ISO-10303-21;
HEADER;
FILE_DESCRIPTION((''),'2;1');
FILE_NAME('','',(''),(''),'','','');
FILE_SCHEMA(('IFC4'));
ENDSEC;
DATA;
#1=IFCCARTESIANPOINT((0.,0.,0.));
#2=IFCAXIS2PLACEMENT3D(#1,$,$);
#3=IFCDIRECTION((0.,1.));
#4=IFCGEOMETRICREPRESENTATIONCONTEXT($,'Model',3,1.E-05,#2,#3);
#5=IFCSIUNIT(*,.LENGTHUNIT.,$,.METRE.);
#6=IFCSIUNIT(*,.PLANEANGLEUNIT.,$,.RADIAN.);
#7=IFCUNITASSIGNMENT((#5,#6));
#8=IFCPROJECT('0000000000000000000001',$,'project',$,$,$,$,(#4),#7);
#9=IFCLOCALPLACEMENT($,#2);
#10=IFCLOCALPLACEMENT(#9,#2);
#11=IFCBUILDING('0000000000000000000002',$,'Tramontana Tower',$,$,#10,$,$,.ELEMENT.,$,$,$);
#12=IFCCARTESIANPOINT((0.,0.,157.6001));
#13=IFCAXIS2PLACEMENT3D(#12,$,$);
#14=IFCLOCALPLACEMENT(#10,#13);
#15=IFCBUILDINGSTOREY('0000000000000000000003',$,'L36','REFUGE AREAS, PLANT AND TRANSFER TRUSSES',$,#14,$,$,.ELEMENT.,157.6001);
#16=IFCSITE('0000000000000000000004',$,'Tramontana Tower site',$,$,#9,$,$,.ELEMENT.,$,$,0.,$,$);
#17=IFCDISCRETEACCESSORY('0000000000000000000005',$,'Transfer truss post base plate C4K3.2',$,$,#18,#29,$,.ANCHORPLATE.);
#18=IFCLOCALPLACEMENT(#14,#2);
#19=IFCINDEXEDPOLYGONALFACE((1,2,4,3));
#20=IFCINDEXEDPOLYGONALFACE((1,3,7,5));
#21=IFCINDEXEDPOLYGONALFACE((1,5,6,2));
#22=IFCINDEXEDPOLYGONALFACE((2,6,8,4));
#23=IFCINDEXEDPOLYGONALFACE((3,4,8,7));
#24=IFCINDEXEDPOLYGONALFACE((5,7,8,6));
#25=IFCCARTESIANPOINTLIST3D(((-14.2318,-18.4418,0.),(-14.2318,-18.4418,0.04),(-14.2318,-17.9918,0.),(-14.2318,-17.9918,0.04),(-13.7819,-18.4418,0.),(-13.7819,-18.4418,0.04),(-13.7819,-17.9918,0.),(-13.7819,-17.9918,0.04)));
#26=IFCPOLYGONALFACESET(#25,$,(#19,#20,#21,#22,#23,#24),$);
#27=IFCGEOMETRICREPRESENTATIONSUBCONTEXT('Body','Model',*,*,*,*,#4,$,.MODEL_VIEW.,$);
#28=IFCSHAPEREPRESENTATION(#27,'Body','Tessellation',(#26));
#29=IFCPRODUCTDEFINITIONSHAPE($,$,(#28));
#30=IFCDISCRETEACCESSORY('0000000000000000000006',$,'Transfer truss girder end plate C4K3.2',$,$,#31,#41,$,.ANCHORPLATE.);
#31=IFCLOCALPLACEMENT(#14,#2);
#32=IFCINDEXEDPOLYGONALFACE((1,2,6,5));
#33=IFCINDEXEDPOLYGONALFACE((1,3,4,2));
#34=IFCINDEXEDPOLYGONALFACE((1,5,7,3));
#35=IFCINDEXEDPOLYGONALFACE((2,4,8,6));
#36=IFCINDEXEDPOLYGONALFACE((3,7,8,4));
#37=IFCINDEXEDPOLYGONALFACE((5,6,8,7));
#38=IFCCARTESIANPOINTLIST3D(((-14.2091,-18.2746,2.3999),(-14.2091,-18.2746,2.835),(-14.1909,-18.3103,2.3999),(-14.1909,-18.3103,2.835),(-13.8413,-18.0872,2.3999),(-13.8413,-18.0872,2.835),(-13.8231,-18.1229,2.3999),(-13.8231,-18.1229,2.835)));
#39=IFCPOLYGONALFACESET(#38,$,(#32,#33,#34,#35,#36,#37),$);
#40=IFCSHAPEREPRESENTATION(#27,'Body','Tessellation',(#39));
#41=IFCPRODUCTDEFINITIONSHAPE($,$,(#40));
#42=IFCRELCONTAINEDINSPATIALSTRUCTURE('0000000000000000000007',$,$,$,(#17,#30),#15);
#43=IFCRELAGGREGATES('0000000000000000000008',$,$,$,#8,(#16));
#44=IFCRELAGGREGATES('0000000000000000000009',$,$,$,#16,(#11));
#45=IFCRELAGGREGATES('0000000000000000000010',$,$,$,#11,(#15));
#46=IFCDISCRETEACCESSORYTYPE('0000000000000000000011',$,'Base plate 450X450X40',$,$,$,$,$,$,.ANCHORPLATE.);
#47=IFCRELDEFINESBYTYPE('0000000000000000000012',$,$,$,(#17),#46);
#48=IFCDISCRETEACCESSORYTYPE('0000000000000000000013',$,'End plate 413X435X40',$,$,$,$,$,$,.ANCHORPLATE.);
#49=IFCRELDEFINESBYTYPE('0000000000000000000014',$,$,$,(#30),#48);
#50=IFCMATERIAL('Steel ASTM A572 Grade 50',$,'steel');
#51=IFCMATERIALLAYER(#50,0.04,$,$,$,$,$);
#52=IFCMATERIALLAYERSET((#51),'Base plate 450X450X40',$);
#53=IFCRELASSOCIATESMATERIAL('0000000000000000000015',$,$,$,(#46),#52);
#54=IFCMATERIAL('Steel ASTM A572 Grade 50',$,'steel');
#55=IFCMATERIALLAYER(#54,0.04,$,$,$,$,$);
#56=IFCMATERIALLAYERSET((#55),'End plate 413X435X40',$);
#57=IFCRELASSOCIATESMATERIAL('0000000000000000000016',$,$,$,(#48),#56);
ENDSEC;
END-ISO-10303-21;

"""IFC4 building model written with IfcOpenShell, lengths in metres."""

from ifc_helpers import new_model, si_unit, direction, frame, origin, origin_2d, place, context, subcontext, project, spatial, rectangle, extrude, material, layer, layer_set, type_object, element, save


model = new_model("IFC4")

# Units and contexts
model_context = context("Model", 3, precision=1e-05, world=origin(), true_north=direction((0.0, 1.0)))
body_context = subcontext(model_context, "Body", "Model", "MODEL_VIEW")
ifc_project = project(units=[si_unit("LENGTHUNIT", "METRE"), si_unit("PLANEANGLEUNIT", "RADIAN")], contexts=[model_context])

# Site, building, storey
site_placement = place(None, origin())
site = spatial("IfcSite", under=ifc_project, at=site_placement, Name="Tramontana Tower site", CompositionType="ELEMENT", RefElevation=0.0)
building_placement = place(site_placement, origin())
building = spatial("IfcBuilding", under=site, at=building_placement, Name="Tramontana Tower", CompositionType="ELEMENT")
storey_placement = place(building_placement, frame((0.0, 0.0, 157.6001)))
storey = spatial("IfcBuildingStorey", under=building, at=storey_placement, Name="L36", Description="REFUGE AREAS, PLANT AND TRANSFER TRUSSES", CompositionType="ELEMENT", Elevation=157.6001)

# Discrete accessories
ifc_material_1 = material(Name="Steel ASTM A572 Grade 50", Category="steel")
ifc_layer_1 = layer(ifc_material_1, 0.04)
ifc_layer_set_1 = layer_set([ifc_layer_1], Name="Base plate 450X450X40")
discrete_accessory_type_1 = type_object("IfcDiscreteAccessoryType", Name="Base plate 450X450X40", PredefinedType="ANCHORPLATE", material=ifc_layer_set_1)
discrete_accessory_1_placement = place(storey_placement, frame((-14.0068, -18.2168, 0.0), z_axis=(0.0, 0.0, 1.0), x_axis=(1.0, 0.0, 0.0)))
element("IfcDiscreteAccessory", 1, at=discrete_accessory_1_placement, inside=storey, type_object=discrete_accessory_type_1, Name="Transfer truss post base plate C4K3.2", PredefinedType="ANCHORPLATE", context=body_context, shape_type="SweptSolid", body=[
    extrude(rectangle(XDim=0.45, YDim=0.45, at=origin_2d()), origin(), (0.0, 0.0, 1.0), 0.04),
])
ifc_material_2 = material(Name="Steel ASTM A572 Grade 50", Category="steel")
ifc_layer_2 = layer(ifc_material_2, 0.04)
ifc_layer_set_2 = layer_set([ifc_layer_2], Name="End plate 413X435X40")
discrete_accessory_type_2 = type_object("IfcDiscreteAccessoryType", Name="End plate 413X435X40", PredefinedType="ANCHORPLATE", material=ifc_layer_set_2)
discrete_accessory_2_placement = place(storey_placement, frame((-14.0161, -18.1987, 2.3999), z_axis=(0.0, 0.0, 1.0), x_axis=(0.891007, 0.45399, 0.0)))
element("IfcDiscreteAccessory", 2, at=discrete_accessory_2_placement, inside=storey, type_object=discrete_accessory_type_2, Name="Transfer truss girder end plate C4K3.2", PredefinedType="ANCHORPLATE", context=body_context, shape_type="SweptSolid", body=[
    extrude(rectangle(XDim=0.4128, YDim=0.04, at=origin_2d()), origin(), (0.0, 0.0, 1.0), 0.4351),
])

save(model, "model.ifc")
